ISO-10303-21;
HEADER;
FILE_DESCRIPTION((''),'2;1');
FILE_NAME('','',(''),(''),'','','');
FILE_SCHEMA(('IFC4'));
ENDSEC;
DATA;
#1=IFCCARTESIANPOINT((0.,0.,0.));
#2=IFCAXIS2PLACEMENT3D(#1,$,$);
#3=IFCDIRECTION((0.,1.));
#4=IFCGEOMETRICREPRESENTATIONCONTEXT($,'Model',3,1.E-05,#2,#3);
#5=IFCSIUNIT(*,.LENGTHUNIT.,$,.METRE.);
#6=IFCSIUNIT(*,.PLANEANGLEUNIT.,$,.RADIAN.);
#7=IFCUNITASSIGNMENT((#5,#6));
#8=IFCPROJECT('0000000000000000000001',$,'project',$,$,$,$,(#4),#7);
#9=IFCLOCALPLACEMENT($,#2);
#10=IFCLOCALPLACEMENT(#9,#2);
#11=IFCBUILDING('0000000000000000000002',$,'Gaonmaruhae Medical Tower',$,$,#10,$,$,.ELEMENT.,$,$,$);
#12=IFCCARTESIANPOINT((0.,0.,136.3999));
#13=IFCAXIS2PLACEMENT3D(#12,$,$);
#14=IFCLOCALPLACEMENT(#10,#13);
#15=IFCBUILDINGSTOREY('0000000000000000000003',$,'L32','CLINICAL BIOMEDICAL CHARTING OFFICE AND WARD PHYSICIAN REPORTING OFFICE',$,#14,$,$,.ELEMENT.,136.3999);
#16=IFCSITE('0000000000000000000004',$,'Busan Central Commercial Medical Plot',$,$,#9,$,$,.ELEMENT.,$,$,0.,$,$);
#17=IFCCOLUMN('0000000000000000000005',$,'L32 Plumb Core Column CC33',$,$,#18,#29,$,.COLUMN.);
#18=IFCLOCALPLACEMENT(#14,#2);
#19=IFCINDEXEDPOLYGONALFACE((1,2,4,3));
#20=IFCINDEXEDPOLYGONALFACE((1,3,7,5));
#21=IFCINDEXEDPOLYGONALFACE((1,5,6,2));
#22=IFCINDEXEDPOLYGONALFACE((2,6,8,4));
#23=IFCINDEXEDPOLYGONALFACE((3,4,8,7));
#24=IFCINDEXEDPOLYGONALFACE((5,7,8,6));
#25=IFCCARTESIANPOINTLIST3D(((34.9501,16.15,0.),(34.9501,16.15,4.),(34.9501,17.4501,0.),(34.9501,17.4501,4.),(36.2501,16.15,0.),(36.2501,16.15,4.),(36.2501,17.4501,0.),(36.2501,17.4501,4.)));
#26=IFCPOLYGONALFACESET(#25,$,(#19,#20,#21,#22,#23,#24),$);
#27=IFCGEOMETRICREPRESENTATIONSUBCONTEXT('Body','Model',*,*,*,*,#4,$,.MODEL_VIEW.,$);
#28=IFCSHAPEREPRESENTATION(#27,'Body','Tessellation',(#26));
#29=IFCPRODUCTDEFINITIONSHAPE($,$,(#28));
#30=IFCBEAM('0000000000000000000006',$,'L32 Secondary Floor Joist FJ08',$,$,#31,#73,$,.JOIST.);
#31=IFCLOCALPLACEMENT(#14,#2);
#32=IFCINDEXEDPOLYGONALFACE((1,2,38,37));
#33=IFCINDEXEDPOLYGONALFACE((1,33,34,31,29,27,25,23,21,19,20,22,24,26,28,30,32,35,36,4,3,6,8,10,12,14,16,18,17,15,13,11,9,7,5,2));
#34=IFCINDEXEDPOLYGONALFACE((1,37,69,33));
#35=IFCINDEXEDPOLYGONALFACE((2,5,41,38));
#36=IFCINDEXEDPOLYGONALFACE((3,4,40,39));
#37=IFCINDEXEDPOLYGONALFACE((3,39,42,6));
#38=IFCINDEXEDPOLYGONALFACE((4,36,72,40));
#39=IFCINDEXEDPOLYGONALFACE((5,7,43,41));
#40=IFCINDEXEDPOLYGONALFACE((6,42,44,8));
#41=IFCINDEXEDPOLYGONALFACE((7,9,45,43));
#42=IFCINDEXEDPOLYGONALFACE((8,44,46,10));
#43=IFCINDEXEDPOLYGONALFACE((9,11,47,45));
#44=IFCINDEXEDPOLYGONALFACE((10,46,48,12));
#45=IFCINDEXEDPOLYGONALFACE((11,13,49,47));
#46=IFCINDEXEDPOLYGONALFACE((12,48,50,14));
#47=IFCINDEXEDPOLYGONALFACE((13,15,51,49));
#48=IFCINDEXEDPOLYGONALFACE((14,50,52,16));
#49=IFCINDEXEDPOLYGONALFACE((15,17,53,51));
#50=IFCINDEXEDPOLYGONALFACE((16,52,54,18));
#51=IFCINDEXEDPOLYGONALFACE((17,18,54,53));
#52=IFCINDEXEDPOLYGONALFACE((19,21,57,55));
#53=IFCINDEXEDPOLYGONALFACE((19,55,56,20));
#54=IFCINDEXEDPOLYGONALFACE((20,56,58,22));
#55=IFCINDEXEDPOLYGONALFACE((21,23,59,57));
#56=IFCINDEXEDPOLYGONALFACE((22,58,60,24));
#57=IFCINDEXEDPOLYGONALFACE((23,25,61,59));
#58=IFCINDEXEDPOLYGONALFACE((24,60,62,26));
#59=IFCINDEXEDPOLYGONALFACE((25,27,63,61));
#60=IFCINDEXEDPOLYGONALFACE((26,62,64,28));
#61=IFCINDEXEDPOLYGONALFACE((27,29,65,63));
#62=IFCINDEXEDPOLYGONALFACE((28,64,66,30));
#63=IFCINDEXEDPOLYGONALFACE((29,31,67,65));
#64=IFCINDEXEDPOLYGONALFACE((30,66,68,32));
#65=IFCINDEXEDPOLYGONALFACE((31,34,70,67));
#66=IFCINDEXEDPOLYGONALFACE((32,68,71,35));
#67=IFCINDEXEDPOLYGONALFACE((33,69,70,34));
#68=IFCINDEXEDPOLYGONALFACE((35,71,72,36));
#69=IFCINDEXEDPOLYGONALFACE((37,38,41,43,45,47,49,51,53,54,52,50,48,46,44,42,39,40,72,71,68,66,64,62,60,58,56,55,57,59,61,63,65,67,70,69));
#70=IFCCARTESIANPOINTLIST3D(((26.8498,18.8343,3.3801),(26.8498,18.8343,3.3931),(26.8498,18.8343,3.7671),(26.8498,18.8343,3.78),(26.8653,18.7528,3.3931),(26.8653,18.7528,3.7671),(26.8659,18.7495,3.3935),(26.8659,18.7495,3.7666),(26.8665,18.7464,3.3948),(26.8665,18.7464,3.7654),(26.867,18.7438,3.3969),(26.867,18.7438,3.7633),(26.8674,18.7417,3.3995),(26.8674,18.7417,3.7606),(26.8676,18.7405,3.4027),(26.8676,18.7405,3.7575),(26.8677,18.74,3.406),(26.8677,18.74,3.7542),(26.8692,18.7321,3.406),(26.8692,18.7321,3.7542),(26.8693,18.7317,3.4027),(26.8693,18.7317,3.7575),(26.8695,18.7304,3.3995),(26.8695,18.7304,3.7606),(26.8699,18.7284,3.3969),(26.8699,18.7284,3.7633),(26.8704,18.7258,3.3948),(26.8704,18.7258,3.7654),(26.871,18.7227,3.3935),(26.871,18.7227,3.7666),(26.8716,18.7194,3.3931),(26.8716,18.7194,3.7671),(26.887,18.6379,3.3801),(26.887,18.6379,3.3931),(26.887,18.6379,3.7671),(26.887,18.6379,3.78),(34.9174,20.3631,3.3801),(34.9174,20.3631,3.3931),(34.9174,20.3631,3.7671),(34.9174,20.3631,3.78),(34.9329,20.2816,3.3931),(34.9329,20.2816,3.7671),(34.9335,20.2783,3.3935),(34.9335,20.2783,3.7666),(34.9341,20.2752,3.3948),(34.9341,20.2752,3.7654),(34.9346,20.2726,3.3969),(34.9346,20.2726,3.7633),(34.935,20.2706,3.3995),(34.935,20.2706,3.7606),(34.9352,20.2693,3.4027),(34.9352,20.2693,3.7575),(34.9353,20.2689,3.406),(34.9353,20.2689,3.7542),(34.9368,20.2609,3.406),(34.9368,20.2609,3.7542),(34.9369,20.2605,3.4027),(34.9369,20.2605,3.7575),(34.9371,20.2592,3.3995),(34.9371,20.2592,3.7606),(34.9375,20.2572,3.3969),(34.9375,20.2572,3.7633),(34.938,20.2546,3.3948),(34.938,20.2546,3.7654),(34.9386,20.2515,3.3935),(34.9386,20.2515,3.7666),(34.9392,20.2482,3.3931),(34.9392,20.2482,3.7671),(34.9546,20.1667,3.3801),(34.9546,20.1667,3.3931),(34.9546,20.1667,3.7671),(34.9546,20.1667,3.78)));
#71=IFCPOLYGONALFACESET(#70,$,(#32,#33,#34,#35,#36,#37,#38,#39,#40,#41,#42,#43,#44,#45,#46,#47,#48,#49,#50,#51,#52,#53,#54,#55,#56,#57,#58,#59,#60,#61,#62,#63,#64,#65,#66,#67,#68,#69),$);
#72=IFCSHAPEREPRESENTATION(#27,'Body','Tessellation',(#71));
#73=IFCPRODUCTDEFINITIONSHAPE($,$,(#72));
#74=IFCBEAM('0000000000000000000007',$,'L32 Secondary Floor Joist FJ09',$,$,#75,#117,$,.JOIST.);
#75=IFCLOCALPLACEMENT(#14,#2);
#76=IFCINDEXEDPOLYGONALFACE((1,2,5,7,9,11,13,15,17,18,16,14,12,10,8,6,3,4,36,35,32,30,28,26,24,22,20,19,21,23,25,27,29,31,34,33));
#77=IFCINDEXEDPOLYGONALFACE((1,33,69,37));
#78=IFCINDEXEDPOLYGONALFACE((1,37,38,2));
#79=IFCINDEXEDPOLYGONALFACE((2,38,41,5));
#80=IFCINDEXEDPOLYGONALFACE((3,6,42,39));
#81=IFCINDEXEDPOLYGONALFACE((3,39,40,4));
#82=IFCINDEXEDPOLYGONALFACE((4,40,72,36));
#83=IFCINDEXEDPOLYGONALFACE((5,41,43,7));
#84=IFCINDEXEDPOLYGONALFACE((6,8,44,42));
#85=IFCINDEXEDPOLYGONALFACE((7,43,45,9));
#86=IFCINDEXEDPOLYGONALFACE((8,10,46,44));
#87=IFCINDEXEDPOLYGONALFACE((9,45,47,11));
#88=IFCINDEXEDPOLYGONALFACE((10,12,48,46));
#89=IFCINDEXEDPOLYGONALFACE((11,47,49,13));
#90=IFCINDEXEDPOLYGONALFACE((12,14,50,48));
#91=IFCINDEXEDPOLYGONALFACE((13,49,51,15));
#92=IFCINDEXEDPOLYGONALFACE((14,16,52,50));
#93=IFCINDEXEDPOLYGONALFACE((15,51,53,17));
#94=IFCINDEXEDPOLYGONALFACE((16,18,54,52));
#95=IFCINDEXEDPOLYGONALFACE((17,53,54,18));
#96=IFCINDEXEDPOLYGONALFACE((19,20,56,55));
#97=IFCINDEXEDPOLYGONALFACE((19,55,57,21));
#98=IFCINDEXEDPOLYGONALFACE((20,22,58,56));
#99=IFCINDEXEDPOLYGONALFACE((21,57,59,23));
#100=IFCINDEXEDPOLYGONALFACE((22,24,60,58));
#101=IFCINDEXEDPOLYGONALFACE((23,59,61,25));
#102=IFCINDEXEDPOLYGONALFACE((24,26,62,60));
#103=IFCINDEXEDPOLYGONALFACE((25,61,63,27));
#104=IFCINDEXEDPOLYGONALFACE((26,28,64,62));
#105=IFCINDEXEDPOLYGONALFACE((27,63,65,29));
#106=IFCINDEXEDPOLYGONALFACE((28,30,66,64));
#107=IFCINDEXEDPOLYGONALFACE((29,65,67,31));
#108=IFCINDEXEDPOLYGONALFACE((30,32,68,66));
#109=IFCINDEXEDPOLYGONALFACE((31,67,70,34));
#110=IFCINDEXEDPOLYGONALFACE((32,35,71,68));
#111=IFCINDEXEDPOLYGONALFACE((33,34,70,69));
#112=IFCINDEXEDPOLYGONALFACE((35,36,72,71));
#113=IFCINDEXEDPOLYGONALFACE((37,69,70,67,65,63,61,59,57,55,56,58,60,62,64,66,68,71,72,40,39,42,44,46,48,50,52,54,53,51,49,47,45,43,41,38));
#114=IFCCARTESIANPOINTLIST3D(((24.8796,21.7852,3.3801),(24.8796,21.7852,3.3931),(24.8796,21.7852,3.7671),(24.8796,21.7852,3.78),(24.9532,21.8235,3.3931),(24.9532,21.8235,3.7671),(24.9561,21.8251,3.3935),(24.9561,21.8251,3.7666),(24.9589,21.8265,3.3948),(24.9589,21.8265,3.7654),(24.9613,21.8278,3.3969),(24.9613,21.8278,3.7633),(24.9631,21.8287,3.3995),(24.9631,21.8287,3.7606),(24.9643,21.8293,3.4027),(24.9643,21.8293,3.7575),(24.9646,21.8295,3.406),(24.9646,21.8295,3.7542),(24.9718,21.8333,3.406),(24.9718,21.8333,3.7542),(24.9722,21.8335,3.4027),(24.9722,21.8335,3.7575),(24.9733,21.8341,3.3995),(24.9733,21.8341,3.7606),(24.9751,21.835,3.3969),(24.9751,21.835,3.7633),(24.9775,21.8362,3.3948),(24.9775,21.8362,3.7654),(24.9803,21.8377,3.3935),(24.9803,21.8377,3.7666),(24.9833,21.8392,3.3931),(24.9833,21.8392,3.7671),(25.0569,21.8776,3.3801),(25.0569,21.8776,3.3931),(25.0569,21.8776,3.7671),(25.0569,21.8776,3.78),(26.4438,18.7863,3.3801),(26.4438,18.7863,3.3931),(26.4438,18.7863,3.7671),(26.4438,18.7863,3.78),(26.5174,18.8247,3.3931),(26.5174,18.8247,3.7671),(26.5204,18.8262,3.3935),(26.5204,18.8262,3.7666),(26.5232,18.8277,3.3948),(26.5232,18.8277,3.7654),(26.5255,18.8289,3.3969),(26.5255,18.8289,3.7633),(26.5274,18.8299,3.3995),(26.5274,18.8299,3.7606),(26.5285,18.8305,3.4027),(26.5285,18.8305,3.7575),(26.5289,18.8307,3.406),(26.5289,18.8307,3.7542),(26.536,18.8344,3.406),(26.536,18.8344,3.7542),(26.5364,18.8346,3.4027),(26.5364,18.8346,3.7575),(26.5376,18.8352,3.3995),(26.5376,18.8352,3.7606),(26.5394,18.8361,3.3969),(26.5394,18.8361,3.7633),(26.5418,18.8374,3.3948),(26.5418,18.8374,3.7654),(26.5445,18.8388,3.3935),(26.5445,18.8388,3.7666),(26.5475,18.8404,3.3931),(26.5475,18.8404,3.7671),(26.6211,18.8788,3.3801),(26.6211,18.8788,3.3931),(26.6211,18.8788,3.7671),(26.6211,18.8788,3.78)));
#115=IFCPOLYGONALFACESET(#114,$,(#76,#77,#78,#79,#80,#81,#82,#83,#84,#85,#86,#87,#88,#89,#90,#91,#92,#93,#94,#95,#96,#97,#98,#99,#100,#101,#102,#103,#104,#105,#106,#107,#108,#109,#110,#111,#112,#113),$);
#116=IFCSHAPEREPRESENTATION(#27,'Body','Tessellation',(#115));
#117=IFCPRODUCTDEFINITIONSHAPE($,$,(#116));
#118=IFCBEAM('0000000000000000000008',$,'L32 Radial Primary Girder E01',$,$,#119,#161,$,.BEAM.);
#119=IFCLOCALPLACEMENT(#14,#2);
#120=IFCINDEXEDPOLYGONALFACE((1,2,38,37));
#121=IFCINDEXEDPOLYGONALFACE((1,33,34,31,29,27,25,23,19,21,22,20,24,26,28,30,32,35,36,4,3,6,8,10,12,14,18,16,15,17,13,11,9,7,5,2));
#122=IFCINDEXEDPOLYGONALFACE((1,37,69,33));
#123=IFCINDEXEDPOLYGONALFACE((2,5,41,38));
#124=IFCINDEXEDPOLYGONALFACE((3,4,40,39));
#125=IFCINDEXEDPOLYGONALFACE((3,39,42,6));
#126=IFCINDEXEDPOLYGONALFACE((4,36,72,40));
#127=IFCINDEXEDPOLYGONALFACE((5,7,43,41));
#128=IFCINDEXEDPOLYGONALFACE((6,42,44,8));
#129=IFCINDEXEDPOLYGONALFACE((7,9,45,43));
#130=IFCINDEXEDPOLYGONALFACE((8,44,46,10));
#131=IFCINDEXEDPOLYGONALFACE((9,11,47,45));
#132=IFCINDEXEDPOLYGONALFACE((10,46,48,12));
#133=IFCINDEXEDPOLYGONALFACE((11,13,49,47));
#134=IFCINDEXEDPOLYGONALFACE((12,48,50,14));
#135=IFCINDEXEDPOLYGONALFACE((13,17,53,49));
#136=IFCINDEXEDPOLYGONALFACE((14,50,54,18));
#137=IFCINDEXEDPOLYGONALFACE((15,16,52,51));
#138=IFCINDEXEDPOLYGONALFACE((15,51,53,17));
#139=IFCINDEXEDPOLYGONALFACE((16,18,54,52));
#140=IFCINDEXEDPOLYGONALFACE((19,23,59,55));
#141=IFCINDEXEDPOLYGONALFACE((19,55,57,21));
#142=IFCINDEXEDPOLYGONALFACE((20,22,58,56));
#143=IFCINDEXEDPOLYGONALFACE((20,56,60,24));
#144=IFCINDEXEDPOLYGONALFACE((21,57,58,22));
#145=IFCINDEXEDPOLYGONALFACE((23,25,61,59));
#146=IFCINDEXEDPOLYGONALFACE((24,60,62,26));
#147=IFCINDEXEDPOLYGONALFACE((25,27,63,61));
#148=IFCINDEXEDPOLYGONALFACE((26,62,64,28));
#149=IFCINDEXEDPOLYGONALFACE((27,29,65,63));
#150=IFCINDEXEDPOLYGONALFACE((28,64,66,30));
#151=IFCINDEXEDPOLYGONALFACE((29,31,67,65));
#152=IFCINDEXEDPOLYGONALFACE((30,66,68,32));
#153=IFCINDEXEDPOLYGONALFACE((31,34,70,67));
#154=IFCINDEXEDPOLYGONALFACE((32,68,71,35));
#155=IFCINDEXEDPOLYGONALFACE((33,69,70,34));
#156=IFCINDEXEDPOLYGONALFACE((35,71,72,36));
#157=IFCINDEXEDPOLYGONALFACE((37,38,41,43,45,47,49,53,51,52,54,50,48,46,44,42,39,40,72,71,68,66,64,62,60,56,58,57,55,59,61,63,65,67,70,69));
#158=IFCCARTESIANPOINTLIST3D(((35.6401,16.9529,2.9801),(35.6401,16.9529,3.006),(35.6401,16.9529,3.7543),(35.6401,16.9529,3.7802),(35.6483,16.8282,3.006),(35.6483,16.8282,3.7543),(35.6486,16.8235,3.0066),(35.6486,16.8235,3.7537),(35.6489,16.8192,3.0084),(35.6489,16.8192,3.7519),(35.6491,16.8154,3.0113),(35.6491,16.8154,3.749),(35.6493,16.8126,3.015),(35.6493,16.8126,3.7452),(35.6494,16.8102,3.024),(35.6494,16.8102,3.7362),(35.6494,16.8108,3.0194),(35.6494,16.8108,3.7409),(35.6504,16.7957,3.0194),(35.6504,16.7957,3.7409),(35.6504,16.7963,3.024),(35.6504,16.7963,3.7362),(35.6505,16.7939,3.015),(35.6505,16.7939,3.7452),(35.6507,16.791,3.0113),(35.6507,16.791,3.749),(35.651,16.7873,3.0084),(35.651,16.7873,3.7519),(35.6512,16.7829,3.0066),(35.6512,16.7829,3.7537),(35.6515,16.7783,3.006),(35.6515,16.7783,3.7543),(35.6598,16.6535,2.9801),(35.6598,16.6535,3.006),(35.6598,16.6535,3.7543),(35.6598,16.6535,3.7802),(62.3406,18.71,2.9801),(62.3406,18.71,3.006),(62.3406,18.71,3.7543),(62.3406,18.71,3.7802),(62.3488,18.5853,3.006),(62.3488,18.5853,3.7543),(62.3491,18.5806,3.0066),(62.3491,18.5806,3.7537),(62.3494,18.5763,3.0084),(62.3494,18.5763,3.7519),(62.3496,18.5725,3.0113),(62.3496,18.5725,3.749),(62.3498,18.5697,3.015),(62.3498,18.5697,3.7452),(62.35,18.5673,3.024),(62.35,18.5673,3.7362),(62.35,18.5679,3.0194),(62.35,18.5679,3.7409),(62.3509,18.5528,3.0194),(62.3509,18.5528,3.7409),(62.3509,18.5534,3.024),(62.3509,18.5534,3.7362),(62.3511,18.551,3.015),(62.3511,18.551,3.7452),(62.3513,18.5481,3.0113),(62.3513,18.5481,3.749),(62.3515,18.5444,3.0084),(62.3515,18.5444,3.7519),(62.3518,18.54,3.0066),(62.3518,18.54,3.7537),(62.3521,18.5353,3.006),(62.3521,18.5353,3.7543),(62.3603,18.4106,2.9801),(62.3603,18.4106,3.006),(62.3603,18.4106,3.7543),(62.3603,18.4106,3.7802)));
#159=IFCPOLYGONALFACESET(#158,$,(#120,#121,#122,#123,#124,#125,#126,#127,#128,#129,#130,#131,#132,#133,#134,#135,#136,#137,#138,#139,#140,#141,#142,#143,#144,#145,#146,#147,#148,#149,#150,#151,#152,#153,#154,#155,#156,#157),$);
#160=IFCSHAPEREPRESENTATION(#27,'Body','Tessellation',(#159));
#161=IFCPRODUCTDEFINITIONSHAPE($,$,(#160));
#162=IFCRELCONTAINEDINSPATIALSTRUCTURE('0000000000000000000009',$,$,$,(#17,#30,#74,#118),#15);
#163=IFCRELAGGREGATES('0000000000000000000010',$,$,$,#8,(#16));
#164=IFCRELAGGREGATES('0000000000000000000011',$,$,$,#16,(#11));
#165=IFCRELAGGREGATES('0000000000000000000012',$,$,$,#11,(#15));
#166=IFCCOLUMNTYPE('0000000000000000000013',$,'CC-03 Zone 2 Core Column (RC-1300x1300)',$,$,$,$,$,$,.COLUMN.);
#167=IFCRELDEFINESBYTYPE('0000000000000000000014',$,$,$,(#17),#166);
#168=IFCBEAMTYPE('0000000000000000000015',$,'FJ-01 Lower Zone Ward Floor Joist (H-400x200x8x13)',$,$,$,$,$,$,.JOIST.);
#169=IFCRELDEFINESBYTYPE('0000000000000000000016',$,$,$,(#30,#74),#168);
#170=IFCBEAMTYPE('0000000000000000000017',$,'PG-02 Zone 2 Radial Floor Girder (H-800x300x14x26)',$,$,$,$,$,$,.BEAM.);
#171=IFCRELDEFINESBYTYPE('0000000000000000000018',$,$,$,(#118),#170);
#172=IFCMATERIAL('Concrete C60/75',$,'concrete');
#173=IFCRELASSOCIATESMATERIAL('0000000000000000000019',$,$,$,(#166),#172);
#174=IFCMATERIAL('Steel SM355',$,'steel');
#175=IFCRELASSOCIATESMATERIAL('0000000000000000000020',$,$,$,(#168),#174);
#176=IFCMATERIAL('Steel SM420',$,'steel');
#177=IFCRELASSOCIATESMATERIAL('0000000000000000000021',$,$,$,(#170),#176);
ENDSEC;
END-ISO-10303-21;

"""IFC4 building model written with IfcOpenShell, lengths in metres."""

from ifc_helpers import new_model, si_unit, direction, frame, origin, origin_2d, place, context, subcontext, project, spatial, rectangle, i_section, extrude, material, material_profile, profile_set, type_object, element, save


model = new_model("IFC4")

# Units and contexts
model_context = context("Model", 3, precision=1e-05, world=origin(), true_north=direction((0.0, 1.0)))
body_context = subcontext(model_context, "Body", "Model", "MODEL_VIEW")
ifc_project = project(units=[si_unit("LENGTHUNIT", "METRE"), si_unit("PLANEANGLEUNIT", "RADIAN")], contexts=[model_context])

# Site, building, storey
site_placement = place(None, origin())
site = spatial("IfcSite", under=ifc_project, at=site_placement, Name="Busan Central Commercial Medical Plot", CompositionType="ELEMENT", RefElevation=0.0)
building_placement = place(site_placement, origin())
building = spatial("IfcBuilding", under=site, at=building_placement, Name="Gaonmaruhae Medical Tower", CompositionType="ELEMENT")
storey_placement = place(building_placement, frame((0.0, 0.0, 136.3999)))
storey = spatial("IfcBuildingStorey", under=building, at=storey_placement, Name="L32", Description="CLINICAL BIOMEDICAL CHARTING OFFICE AND WARD PHYSICIAN REPORTING OFFICE", CompositionType="ELEMENT", Elevation=136.3999)

# Column
ifc_material_1 = material(Name="Concrete C60/75", Category="concrete")
ifc_material_profile_1 = material_profile(ifc_material_1, rectangle(XDim=1.3, YDim=1.3, at=origin_2d()), Name="RC-1300x1300")
ifc_profile_set_1 = profile_set([ifc_material_profile_1], Name="Concrete C60/75")
column_type = type_object("IfcColumnType", Name="CC-03 Zone 2 Core Column (RC-1300x1300)", PredefinedType="COLUMN", material=ifc_profile_set_1)
column_placement = place(storey_placement, frame((35.6001, 16.8, 0.0), z_axis=(0.0, 0.0, 1.0), x_axis=(1.0, 0.0, 0.0)))
element("IfcColumn", 1, at=column_placement, inside=storey, type_object=column_type, Name="L32 Plumb Core Column CC33", PredefinedType="COLUMN", context=body_context, shape_type="SweptSolid", body=[
    extrude(rectangle(XDim=1.3, YDim=1.3, at=origin_2d()), origin(), (0.0, 0.0, 1.0), 4.0),
])

# Beams
ifc_material_2 = material(Name="Steel SM355", Category="steel")
ifc_material_profile_2 = material_profile(ifc_material_2, i_section(OverallWidth=0.2, OverallDepth=0.3999, WebThickness=0.0081, FlangeThickness=0.0129, FilletRadius=0.0129, at=origin_2d()), Name="H-400x200x8x13")
ifc_profile_set_2 = profile_set([ifc_material_profile_2], Name="Steel SM355")
beam_type_1 = type_object("IfcBeamType", Name="FJ-01 Lower Zone Ward Floor Joist (H-400x200x8x13)", PredefinedType="JOIST", material=ifc_profile_set_2)
beam_1_placement = place(storey_placement, frame((34.936, 20.2649, 3.5801), z_axis=(-0.982515, -0.186186, 0.0), x_axis=(0.186186, -0.982515, 0.0)))
element("IfcBeam", 2, at=beam_1_placement, inside=storey, type_object=beam_type_1, Name="L32 Secondary Floor Joist FJ08", PredefinedType="JOIST", context=body_context, shape_type="SweptSolid", body=[
    extrude(i_section(OverallWidth=0.2, OverallDepth=0.3999, WebThickness=0.0081, FlangeThickness=0.0129, FilletRadius=0.0129, at=origin_2d()), origin(), (0.0, 0.0, 1.0), 8.2112),
])
beam_2_placement = place(storey_placement, frame((26.5325, 18.8325, 3.5801), z_axis=(-0.46248, 0.88663, 0.0), x_axis=(-0.88663, -0.46248, 0.0)))
element("IfcBeam", 3, at=beam_2_placement, inside=storey, type_object=beam_type_1, Name="L32 Secondary Floor Joist FJ09", PredefinedType="JOIST", context=body_context, shape_type="SweptSolid", body=[
    extrude(i_section(OverallWidth=0.2, OverallDepth=0.3999, WebThickness=0.0081, FlangeThickness=0.0129, FilletRadius=0.0129, at=origin_2d()), origin(), (0.0, 0.0, 1.0), 3.3823),
])
ifc_material_3 = material(Name="Steel SM420", Category="steel")
ifc_material_profile_3 = material_profile(ifc_material_3, i_section(OverallWidth=0.3, OverallDepth=0.8, WebThickness=0.0139, FlangeThickness=0.0259, FilletRadius=0.0181, at=origin_2d()), Name="H-800x300x14x26")
ifc_profile_set_3 = profile_set([ifc_material_profile_3], Name="Steel SM420")
beam_type_2 = type_object("IfcBeamType", Name="PG-02 Zone 2 Radial Floor Girder (H-800x300x14x26)", PredefinedType="BEAM", material=ifc_profile_set_3)
beam_3_placement = place(storey_placement, frame((35.6499, 16.8032, 3.3801), z_axis=(0.997842, 0.065665, 0.0), x_axis=(-0.065665, 0.997842, 0.0)))
element("IfcBeam", 4, at=beam_3_placement, inside=storey, type_object=beam_type_2, Name="L32 Radial Primary Girder E01", PredefinedType="BEAM", context=body_context, shape_type="SweptSolid", body=[
    extrude(i_section(OverallWidth=0.3, OverallDepth=0.8, WebThickness=0.0139, FlangeThickness=0.0259, FilletRadius=0.0181, at=origin_2d()), origin(), (0.0, 0.0, 1.0), 26.7583),
])

save(model, "model.ifc")
